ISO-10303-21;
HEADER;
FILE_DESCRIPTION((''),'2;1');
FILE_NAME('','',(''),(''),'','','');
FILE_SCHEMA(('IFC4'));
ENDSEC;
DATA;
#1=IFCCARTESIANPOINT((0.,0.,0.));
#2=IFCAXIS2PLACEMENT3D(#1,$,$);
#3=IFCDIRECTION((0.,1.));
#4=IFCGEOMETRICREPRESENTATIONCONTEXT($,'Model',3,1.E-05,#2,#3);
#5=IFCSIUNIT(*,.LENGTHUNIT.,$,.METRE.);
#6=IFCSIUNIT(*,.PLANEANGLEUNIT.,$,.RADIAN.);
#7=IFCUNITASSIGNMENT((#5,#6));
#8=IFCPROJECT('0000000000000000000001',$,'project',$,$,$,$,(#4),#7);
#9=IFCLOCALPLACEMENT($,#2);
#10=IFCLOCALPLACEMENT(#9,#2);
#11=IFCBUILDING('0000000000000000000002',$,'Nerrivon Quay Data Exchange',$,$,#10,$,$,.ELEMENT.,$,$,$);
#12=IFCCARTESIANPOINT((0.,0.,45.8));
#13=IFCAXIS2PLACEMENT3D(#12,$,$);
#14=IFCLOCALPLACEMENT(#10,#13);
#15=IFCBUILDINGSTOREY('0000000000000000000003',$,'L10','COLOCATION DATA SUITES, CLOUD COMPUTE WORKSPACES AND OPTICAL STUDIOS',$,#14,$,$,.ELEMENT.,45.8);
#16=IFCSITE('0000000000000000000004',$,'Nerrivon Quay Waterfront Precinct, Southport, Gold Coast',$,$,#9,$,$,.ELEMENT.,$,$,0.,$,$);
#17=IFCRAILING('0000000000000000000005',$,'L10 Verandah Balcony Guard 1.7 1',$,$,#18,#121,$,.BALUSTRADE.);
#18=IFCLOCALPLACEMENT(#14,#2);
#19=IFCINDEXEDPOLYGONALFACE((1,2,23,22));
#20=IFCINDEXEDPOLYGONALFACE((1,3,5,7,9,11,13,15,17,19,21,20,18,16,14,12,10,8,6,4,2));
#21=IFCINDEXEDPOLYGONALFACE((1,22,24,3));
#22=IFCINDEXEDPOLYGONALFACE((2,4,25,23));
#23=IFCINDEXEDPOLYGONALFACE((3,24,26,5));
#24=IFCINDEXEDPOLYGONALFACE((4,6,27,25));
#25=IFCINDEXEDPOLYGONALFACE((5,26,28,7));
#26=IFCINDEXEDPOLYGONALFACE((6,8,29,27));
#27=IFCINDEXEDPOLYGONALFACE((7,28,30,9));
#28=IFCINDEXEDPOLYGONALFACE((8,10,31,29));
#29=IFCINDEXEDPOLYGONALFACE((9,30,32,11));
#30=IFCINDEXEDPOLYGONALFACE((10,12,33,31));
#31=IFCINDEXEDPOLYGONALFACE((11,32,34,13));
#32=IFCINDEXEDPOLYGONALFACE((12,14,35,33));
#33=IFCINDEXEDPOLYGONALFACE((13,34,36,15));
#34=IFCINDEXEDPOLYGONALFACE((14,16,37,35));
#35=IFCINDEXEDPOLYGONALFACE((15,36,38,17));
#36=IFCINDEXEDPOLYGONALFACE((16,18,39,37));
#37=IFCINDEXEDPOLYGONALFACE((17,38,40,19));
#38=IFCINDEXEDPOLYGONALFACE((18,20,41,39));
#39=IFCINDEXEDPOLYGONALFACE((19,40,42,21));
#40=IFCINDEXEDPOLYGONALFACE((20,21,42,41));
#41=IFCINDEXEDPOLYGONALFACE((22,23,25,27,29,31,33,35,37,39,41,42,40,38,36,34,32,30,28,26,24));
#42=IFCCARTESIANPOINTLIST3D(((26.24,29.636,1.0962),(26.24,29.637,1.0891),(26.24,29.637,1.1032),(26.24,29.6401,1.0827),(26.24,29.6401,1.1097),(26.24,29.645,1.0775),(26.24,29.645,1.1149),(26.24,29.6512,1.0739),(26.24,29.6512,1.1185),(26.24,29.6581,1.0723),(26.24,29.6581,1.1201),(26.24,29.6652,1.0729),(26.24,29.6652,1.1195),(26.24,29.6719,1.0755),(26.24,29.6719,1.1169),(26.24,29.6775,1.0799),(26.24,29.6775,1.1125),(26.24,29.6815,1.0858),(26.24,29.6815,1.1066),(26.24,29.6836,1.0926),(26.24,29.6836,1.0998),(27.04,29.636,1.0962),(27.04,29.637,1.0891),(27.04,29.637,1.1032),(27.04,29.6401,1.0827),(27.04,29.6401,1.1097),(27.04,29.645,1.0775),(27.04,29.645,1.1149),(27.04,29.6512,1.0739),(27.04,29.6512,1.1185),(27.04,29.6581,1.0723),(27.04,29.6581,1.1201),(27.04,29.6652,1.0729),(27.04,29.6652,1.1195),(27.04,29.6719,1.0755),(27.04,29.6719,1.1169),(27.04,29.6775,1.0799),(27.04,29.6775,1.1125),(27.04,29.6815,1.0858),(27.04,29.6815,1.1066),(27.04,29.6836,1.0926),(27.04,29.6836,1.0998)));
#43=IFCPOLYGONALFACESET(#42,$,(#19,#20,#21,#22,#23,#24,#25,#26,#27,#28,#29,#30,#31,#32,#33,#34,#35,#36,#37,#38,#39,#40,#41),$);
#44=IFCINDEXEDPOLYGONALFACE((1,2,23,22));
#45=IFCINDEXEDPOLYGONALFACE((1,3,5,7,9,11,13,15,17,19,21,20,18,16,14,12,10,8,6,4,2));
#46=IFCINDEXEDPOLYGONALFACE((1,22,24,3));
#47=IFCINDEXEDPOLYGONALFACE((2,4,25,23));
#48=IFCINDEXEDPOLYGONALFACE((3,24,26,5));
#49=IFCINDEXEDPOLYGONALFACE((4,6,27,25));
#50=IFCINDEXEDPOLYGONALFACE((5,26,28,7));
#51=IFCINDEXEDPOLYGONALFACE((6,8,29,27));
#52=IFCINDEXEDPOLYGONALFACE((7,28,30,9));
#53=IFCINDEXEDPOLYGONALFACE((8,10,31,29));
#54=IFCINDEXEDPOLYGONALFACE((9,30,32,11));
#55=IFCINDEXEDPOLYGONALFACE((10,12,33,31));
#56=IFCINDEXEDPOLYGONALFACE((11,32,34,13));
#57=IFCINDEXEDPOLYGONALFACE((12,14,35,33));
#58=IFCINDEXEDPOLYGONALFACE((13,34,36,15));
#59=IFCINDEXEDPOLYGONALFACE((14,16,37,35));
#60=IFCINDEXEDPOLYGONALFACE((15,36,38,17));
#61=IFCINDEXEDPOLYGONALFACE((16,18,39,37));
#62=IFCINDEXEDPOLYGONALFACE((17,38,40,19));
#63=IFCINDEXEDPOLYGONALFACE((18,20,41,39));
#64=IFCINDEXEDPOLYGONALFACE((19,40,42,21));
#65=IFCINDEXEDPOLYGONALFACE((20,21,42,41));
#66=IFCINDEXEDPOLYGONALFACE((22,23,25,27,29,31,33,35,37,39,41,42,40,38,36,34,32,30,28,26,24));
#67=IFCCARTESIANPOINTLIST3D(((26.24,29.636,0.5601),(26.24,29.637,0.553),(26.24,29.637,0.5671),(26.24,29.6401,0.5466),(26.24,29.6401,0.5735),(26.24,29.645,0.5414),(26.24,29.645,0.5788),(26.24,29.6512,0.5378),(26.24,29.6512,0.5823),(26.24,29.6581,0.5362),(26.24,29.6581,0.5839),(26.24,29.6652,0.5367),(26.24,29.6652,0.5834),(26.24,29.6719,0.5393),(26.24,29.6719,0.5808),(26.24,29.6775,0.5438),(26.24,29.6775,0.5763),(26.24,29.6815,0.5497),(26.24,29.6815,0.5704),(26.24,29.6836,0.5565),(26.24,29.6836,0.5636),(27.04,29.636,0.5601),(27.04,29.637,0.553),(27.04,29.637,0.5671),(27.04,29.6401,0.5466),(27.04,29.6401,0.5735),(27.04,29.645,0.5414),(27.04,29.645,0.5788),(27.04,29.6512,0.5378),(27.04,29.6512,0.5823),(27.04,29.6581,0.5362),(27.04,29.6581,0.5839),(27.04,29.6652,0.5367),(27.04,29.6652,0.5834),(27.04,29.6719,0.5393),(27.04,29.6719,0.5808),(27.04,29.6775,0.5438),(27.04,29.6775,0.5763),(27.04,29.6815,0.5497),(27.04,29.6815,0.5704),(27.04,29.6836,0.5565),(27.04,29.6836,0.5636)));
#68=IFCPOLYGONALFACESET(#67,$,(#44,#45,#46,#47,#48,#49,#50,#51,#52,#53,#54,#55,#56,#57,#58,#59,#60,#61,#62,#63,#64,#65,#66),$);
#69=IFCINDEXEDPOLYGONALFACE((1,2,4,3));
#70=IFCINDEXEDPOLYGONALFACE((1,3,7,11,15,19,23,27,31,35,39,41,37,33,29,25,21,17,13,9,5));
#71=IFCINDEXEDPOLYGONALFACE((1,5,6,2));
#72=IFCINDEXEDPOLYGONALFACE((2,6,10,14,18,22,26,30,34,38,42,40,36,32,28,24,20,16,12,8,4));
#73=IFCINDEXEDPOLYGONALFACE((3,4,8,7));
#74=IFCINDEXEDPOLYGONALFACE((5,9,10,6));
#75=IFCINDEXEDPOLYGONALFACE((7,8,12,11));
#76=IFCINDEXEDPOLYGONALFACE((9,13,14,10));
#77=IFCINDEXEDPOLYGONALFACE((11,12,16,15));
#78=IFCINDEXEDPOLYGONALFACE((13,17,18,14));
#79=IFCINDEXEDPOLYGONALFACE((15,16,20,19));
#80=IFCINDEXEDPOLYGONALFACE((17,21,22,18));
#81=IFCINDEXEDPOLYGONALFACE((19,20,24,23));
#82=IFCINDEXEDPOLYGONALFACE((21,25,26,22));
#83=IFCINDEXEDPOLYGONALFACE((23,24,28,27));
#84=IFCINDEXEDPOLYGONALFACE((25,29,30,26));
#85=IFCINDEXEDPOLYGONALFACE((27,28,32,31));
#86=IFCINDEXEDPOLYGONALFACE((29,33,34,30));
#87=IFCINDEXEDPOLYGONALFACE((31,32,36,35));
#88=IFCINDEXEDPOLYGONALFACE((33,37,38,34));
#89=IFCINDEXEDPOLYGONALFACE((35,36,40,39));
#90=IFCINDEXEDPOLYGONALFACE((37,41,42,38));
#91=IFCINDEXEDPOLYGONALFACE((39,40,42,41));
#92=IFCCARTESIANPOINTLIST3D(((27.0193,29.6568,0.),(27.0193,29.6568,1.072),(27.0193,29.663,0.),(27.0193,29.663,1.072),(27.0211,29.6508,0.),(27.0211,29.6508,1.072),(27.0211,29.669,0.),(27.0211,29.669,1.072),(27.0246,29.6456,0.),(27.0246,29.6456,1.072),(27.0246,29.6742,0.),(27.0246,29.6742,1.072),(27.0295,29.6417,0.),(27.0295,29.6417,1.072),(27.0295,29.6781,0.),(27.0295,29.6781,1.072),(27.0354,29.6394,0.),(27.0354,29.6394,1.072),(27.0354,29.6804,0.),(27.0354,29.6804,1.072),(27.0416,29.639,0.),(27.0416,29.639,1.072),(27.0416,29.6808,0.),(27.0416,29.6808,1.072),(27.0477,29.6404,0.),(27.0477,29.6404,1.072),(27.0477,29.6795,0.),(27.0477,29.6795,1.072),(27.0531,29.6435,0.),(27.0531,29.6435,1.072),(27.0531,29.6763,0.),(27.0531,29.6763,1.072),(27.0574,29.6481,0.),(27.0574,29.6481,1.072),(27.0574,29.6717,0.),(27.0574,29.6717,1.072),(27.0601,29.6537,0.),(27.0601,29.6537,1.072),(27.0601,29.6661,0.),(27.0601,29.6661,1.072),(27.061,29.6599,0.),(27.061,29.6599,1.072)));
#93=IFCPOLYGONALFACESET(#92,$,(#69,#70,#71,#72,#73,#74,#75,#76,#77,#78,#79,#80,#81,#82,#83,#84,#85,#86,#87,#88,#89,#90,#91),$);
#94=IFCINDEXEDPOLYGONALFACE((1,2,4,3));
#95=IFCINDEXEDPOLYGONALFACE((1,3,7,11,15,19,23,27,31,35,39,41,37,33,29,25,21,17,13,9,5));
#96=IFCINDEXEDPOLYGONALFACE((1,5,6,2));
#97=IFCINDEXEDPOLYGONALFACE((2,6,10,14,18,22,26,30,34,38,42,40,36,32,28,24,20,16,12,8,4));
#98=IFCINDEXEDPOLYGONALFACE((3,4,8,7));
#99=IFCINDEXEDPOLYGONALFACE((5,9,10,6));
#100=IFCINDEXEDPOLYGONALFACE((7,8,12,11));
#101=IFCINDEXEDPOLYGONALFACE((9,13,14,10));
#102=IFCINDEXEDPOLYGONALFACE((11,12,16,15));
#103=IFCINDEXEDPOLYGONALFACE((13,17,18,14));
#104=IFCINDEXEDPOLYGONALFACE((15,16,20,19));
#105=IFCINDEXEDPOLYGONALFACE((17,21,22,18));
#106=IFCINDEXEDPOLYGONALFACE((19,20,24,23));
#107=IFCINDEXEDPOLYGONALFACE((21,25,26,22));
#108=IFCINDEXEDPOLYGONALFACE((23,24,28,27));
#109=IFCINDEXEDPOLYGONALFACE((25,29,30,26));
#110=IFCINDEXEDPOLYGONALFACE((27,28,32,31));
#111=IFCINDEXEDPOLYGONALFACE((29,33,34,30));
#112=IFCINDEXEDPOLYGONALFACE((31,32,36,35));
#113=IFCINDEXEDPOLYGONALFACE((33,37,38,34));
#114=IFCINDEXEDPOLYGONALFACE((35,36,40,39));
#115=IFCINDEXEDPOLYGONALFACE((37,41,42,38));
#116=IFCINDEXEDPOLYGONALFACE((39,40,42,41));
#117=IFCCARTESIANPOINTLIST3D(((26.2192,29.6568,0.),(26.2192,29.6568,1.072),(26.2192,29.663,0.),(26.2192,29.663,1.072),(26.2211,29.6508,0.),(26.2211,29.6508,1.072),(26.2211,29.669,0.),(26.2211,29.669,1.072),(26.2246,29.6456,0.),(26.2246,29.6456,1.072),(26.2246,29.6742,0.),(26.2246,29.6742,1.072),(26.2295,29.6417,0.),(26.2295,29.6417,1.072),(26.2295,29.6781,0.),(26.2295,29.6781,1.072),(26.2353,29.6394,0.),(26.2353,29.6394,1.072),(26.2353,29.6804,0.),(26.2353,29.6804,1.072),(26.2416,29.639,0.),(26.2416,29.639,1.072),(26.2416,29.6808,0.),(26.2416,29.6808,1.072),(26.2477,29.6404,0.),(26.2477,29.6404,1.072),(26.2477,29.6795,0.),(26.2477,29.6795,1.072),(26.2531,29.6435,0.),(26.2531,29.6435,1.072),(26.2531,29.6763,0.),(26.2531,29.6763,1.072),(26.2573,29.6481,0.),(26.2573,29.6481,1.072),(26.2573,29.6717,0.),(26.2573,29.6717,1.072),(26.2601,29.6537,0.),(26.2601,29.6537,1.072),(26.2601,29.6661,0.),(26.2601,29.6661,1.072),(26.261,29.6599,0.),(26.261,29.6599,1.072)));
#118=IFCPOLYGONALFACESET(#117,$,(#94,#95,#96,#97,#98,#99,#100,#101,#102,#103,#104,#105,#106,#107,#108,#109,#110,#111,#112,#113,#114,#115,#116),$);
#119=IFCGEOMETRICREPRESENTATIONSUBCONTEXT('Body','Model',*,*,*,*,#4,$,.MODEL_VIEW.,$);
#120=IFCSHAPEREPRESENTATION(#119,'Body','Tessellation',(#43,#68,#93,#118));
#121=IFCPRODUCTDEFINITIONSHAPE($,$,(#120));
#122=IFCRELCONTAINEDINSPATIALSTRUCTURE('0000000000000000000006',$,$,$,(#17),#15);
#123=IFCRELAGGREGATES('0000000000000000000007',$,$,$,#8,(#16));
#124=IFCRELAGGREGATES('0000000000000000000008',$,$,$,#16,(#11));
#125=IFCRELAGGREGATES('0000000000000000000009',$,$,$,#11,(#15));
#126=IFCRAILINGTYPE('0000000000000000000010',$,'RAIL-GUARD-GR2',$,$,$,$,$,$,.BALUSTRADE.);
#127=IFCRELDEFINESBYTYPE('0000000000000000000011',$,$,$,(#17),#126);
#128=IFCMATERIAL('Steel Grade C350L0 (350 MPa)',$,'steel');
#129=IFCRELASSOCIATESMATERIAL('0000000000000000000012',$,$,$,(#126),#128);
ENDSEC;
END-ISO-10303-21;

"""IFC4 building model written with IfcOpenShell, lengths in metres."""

from ifc_helpers import new_model, si_unit, direction, frame, origin, origin_2d, place, context, subcontext, project, spatial, circle, extrude, material, type_object, element, save


model = new_model("IFC4")

# Units and contexts
model_context = context("Model", 3, precision=1e-05, world=origin(), true_north=direction((0.0, 1.0)))
body_context = subcontext(model_context, "Body", "Model", "MODEL_VIEW")
ifc_project = project(units=[si_unit("LENGTHUNIT", "METRE"), si_unit("PLANEANGLEUNIT", "RADIAN")], contexts=[model_context])

# Site, building, storey
site_placement = place(None, origin())
site = spatial("IfcSite", under=ifc_project, at=site_placement, Name="Nerrivon Quay Waterfront Precinct, Southport, Gold Coast", CompositionType="ELEMENT", RefElevation=0.0)
building_placement = place(site_placement, origin())
building = spatial("IfcBuilding", under=site, at=building_placement, Name="Nerrivon Quay Data Exchange", CompositionType="ELEMENT")
storey_placement = place(building_placement, frame((0.0, 0.0, 45.8)))
storey = spatial("IfcBuildingStorey", under=building, at=storey_placement, Name="L10", Description="COLOCATION DATA SUITES, CLOUD COMPUTE WORKSPACES AND OPTICAL STUDIOS", CompositionType="ELEMENT", Elevation=45.8)

# Railing
ifc_material_1 = material(Name="Steel Grade C350L0 (350 MPa)", Category="steel")
railing_type = type_object("IfcRailingType", Name="RAIL-GUARD-GR2", PredefinedType="BALUSTRADE", material=ifc_material_1)
railing_1_placement = place(storey_placement, frame((27.04, 29.6599, 0.0)))
element("IfcRailing", 1, at=railing_1_placement, inside=storey, type_object=railing_type, Name="L10 Verandah Balcony Guard 1.7 1", PredefinedType="BALUSTRADE", context=body_context, shape_type="SweptSolid", body=[
    extrude(circle(Radius=0.0239, at=origin_2d()), frame((0.0, 0.0, 1.0962), z_axis=(-1.0, 0.0, 0.0), x_axis=(0.0, -1.0, 0.0)), (0.0, 0.0, 1.0), 0.8),
    extrude(circle(Radius=0.0239, at=origin_2d()), frame((0.0, 0.0, 0.5601), z_axis=(-1.0, 0.0, 0.0), x_axis=(0.0, -1.0, 0.0)), (0.0, 0.0, 1.0), 0.8),
    extrude(circle(Radius=0.021, at=origin_2d()), origin(), (0.0, 0.0, 1.0), 1.072),
    extrude(circle(Radius=0.021, at=origin_2d()), frame((-0.8, 0.0, 0.0)), (0.0, 0.0, 1.0), 1.072),
])

save(model, "model.ifc")
